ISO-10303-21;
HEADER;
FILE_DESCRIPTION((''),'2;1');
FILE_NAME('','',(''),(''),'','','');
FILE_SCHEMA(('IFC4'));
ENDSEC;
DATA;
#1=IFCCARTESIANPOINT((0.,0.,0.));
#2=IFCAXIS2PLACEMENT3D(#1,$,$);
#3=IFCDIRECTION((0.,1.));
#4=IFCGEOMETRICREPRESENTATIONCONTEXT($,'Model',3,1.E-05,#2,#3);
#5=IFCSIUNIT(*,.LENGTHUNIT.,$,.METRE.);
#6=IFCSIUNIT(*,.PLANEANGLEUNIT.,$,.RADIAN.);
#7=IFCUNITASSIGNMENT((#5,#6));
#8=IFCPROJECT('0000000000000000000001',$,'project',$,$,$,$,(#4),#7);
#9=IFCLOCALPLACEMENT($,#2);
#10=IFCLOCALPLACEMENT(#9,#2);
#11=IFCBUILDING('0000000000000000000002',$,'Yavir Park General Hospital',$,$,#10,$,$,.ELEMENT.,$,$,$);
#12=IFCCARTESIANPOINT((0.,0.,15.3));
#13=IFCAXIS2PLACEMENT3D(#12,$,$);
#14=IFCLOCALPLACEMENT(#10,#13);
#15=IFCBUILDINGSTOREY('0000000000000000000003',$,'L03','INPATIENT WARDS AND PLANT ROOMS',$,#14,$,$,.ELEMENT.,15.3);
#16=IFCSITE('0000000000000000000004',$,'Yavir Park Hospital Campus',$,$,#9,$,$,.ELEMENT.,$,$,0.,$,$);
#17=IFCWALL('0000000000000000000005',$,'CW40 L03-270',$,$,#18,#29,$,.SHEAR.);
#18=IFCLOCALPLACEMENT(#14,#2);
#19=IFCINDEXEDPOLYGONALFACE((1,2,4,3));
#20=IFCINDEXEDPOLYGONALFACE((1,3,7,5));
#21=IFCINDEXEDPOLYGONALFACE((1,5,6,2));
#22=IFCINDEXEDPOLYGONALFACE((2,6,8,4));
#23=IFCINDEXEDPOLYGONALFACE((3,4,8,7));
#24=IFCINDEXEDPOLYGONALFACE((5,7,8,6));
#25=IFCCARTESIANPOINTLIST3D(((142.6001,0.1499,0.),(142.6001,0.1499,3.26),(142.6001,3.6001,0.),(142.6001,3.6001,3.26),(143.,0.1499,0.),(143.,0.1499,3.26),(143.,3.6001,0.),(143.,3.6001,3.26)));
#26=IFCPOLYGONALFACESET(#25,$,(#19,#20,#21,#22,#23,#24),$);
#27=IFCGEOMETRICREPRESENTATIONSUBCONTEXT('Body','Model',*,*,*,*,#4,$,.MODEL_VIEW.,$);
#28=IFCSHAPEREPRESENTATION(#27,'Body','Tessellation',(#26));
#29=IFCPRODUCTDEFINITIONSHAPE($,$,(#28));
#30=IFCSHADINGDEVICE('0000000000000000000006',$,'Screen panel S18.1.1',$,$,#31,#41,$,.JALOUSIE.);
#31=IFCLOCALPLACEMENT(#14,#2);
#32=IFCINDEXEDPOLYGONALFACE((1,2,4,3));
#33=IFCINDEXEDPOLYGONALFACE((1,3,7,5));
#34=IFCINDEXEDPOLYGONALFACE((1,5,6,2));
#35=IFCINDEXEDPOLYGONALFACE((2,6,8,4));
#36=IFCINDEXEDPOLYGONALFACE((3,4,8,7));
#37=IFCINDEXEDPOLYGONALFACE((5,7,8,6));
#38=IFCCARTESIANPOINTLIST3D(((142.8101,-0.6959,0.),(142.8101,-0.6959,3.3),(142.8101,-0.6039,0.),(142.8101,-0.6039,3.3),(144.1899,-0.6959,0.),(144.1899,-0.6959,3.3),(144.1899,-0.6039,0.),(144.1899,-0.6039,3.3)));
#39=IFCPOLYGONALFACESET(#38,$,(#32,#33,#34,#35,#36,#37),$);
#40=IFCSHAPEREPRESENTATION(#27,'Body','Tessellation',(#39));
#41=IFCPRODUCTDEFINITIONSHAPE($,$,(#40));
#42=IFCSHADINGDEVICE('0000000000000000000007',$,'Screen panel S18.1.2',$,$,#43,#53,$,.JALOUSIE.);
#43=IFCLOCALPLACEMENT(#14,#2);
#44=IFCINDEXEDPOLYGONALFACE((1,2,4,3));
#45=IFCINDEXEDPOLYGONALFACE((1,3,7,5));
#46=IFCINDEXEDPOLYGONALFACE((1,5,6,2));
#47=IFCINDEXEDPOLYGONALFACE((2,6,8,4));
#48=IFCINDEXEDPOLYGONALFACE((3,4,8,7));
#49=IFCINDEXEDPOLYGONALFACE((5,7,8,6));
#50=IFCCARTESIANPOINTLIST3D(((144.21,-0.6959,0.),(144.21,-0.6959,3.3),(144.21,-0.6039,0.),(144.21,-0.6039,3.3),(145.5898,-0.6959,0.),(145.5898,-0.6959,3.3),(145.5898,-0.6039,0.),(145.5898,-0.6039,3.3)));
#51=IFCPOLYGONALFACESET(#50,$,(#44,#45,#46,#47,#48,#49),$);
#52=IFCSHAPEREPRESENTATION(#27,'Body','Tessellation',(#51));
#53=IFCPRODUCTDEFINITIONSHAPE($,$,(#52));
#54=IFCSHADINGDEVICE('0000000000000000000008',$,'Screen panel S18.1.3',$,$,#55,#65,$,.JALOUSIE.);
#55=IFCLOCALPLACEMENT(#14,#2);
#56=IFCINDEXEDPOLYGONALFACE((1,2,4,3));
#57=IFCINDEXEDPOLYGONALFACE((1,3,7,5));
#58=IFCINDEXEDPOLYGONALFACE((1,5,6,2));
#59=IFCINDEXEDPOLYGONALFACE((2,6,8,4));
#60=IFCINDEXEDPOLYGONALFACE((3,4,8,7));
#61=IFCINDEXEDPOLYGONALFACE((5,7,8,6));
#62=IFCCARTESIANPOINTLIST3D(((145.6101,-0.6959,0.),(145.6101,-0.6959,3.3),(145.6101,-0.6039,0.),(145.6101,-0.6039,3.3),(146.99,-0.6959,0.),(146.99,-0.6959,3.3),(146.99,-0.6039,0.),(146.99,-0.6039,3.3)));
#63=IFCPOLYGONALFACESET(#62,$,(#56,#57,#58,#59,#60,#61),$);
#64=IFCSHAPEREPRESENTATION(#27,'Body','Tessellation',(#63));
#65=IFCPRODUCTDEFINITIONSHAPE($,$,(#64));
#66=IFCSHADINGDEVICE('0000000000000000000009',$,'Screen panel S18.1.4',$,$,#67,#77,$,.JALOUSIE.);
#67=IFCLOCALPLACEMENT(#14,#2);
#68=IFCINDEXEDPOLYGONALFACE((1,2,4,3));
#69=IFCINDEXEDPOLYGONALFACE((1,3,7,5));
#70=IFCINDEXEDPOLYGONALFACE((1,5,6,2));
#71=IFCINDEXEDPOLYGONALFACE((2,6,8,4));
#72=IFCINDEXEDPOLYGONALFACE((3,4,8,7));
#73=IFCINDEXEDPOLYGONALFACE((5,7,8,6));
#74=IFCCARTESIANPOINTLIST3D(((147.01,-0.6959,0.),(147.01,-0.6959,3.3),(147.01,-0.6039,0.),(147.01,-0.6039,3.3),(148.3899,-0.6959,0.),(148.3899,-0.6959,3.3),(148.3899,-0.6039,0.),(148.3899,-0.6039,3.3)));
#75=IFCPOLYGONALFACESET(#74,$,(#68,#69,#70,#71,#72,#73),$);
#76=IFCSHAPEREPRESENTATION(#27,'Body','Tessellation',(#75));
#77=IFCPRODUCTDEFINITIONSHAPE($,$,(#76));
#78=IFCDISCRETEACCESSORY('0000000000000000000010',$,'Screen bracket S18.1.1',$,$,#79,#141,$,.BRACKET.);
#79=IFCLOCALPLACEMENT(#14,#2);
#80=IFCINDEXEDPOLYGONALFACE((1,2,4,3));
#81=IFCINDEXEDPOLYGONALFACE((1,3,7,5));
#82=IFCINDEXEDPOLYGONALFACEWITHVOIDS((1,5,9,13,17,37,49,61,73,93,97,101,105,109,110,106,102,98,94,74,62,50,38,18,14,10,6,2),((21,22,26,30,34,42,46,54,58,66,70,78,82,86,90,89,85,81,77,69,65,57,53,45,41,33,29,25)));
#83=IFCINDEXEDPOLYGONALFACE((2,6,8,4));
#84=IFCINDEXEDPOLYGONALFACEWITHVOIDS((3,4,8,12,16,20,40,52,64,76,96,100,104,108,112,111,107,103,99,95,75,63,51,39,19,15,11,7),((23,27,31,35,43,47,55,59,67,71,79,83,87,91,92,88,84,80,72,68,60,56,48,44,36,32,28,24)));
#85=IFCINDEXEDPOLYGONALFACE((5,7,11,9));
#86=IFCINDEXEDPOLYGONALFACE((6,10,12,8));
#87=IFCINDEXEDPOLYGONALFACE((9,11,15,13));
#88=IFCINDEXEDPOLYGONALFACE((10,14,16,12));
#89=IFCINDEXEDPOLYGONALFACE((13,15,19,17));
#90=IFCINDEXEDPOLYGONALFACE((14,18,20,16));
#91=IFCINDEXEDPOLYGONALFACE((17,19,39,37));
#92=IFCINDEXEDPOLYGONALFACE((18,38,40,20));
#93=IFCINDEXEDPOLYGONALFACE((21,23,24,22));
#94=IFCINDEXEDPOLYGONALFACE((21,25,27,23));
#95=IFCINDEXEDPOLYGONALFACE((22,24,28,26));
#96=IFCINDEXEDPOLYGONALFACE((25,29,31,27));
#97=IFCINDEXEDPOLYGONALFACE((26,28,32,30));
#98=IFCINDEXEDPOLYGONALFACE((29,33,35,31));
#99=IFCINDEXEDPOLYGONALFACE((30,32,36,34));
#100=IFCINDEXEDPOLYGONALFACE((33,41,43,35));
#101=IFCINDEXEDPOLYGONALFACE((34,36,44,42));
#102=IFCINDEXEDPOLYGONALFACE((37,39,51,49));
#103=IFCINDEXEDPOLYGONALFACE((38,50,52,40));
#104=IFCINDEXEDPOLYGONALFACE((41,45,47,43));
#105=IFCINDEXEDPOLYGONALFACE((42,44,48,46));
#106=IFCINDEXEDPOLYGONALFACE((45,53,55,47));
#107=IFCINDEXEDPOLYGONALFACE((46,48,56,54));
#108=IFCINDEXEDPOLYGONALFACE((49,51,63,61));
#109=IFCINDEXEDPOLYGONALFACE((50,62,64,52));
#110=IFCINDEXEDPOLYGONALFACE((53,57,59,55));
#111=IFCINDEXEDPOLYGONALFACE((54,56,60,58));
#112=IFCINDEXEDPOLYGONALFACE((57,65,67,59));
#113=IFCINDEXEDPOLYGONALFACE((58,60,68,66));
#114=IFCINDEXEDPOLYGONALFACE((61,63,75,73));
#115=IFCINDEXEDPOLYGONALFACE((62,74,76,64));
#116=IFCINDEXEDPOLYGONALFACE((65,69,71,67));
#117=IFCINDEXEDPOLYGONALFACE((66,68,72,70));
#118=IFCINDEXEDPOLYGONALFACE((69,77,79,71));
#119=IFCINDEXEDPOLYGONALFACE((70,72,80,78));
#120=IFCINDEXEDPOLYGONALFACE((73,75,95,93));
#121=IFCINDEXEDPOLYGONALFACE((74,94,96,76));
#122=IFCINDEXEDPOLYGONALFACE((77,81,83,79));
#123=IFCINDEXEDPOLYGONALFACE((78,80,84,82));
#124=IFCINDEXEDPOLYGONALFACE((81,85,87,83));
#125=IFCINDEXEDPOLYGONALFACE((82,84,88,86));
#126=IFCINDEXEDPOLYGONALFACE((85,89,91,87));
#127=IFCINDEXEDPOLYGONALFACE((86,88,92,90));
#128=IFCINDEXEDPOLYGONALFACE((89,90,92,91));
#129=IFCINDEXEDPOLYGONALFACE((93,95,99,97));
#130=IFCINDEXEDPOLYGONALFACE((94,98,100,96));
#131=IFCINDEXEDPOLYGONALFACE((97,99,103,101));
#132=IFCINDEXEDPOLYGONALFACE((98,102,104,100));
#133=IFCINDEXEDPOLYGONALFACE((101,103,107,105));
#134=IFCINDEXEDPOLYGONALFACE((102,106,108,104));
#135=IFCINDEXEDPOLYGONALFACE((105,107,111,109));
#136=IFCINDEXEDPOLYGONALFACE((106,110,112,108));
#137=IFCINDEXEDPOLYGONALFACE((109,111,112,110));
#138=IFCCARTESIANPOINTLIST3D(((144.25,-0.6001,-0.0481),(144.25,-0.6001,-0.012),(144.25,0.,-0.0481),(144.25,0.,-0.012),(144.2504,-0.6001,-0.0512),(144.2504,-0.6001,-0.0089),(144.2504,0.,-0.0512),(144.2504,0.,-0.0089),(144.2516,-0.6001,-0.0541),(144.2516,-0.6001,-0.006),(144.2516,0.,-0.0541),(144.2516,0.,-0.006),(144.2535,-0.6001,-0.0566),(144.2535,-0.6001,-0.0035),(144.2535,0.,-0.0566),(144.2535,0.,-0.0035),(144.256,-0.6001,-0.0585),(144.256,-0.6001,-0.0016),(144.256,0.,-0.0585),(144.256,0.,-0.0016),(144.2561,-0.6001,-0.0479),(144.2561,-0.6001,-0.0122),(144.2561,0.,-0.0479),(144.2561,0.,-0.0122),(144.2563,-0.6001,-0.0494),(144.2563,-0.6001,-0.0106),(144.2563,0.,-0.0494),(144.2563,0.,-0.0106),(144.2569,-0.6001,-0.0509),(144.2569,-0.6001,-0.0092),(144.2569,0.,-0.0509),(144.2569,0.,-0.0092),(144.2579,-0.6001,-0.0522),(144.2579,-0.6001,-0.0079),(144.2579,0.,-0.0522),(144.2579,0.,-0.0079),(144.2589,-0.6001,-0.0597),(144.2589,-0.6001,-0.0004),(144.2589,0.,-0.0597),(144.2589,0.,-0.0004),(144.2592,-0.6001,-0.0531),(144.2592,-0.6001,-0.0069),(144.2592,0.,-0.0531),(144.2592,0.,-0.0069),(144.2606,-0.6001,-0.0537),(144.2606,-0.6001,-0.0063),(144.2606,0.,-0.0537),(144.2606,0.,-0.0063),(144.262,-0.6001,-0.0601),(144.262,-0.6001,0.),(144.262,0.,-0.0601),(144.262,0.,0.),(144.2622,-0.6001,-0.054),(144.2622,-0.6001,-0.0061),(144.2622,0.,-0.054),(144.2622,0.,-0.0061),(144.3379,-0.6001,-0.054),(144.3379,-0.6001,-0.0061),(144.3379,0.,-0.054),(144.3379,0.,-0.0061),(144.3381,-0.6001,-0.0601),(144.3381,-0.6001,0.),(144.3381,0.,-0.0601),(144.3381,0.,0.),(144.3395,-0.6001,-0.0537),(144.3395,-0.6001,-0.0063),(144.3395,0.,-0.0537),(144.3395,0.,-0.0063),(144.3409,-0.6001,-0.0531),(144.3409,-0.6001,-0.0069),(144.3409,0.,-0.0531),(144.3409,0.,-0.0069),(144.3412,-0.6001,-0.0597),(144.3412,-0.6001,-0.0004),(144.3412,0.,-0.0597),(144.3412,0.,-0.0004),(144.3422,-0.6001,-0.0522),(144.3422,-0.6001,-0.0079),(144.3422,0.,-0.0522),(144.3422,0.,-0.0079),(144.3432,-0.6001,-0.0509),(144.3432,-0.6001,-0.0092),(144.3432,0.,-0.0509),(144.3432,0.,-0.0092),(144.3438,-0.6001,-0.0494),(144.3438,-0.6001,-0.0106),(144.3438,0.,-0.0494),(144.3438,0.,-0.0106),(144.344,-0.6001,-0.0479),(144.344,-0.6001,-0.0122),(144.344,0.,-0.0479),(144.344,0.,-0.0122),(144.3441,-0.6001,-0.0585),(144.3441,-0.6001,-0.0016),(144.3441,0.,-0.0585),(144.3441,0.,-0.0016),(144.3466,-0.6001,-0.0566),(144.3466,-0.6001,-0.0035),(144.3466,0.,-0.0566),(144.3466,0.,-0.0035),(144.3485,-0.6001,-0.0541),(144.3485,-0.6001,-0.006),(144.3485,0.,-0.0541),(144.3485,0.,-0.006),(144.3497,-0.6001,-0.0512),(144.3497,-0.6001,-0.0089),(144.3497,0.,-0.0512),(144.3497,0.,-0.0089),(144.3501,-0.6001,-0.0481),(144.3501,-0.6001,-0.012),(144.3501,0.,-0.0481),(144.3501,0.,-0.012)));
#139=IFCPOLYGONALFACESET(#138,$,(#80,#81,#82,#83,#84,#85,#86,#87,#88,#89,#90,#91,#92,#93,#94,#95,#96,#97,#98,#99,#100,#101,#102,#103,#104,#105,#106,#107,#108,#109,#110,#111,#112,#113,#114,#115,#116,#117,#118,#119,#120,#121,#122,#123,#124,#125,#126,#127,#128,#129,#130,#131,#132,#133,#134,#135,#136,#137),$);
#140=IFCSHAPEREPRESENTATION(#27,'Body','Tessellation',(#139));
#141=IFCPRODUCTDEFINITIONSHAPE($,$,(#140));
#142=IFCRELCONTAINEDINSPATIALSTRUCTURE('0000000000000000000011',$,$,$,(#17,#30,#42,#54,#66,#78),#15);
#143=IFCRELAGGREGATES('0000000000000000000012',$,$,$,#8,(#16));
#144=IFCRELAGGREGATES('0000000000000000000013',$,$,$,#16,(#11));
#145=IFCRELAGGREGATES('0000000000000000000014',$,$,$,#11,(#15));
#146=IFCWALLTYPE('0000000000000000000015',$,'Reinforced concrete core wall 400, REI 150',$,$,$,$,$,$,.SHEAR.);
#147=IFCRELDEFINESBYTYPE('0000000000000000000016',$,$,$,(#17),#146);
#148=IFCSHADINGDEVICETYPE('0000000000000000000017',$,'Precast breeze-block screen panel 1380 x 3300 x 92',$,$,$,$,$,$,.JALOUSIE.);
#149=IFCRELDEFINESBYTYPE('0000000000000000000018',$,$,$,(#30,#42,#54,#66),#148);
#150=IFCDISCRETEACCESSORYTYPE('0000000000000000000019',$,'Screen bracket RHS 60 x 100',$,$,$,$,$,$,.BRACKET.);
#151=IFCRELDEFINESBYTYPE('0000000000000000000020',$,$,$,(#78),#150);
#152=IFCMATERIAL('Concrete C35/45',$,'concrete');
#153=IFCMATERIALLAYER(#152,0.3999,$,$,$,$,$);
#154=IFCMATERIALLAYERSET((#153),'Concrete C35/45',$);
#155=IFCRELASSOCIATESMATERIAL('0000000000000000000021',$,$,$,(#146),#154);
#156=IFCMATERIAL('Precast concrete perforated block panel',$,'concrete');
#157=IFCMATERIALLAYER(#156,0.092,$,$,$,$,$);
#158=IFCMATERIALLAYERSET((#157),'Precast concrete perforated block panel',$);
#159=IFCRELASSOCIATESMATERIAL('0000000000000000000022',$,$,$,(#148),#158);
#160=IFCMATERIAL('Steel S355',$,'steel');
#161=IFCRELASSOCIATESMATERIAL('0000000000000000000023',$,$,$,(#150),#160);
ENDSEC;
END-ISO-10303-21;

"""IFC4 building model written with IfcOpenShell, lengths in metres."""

from ifc_helpers import new_model, si_unit, direction, frame, frame_2d, origin, origin_2d, place, context, subcontext, project, spatial, rectangle, hollow_rectangle, extrude, material, layer, layer_set, material_profile, profile_set, type_object, element, save


model = new_model("IFC4")

# Units and contexts
model_context = context("Model", 3, precision=1e-05, world=origin(), true_north=direction((0.0, 1.0)))
body_context = subcontext(model_context, "Body", "Model", "MODEL_VIEW")
ifc_project = project(units=[si_unit("LENGTHUNIT", "METRE"), si_unit("PLANEANGLEUNIT", "RADIAN")], contexts=[model_context])

# Site, building, storey
site_placement = place(None, origin())
site = spatial("IfcSite", under=ifc_project, at=site_placement, Name="Yavir Park Hospital Campus", CompositionType="ELEMENT", RefElevation=0.0)
building_placement = place(site_placement, origin())
building = spatial("IfcBuilding", under=site, at=building_placement, Name="Yavir Park General Hospital", CompositionType="ELEMENT")
storey_placement = place(building_placement, frame((0.0, 0.0, 15.3)))
storey = spatial("IfcBuildingStorey", under=building, at=storey_placement, Name="L03", Description="INPATIENT WARDS AND PLANT ROOMS", CompositionType="ELEMENT", Elevation=15.3)

# Wall
ifc_material_1 = material(Name="Concrete C35/45", Category="concrete")
ifc_layer_1 = layer(ifc_material_1, 0.3999)
ifc_layer_set_1 = layer_set([ifc_layer_1], Name="Concrete C35/45")
wall_type_1 = type_object("IfcWallType", Name="Reinforced concrete core wall 400, REI 150", PredefinedType="SHEAR", material=ifc_layer_set_1)
wall_1_placement = place(storey_placement, frame((142.8, 0.1499, 0.0), z_axis=(0.0, 0.0, 1.0), x_axis=(0.0, 1.0, 0.0)))
element("IfcWall", 1, at=wall_1_placement, inside=storey, type_object=wall_type_1, Name="CW40 L03-270", PredefinedType="SHEAR", context=body_context, shape_type="SweptSolid", body=[
    extrude(rectangle(XDim=3.4502, YDim=0.3999, at=frame_2d((1.7251, 0.0))), origin(), (0.0, 0.0, 1.0), 3.26),
])

# Shading devices
ifc_material_2 = material(Name="Precast concrete perforated block panel", Category="concrete")
ifc_layer_2 = layer(ifc_material_2, 0.092)
ifc_layer_set_2 = layer_set([ifc_layer_2], Name="Precast concrete perforated block panel")
shading_device_type = type_object("IfcShadingDeviceType", Name="Precast breeze-block screen panel 1380 x 3300 x 92", PredefinedType="JALOUSIE", material=ifc_layer_set_2)
for number, where, z_axis, x_axis, name in (
    (2, (143.5, -0.6499, 0.0), (0.0, 0.0, 1.0), (1.0, 0.0, 0.0), "Screen panel S18.1.1"),
    (3, (144.8999, -0.6499, 0.0), (0.0, 0.0, 1.0), (1.0, 0.0, 0.0), "Screen panel S18.1.2"),
    (4, (146.3, -0.6499, 0.0), (0.0, 0.0, 1.0), (1.0, 0.0, 0.0), "Screen panel S18.1.3"),
    (5, (147.7, -0.6499, 0.0), (0.0, 0.0, 1.0), (1.0, 0.0, 0.0), "Screen panel S18.1.4"),
):
    element("IfcShadingDevice", number, at=place(storey_placement, frame(where, z_axis=z_axis, x_axis=x_axis)), inside=storey, type_object=shading_device_type, Name=name, PredefinedType="JALOUSIE", context=body_context, shape_type="SweptSolid", body=[
        extrude(rectangle(XDim=1.3799, YDim=0.092, at=origin_2d()), origin(), (0.0, 0.0, 1.0), 3.3),
    ])

# Discrete accessory
ifc_material_3 = material(Name="Steel S355", Category="steel")
ifc_material_profile_1 = material_profile(ifc_material_3, hollow_rectangle(XDim=0.1001, YDim=0.0601, WallThickness=0.0061, InnerFilletRadius=0.0061, OuterFilletRadius=0.012, at=origin_2d()), Name="RHS60x100x6")
ifc_profile_set_1 = profile_set([ifc_material_profile_1], Name="Steel S355")
discrete_accessory_type_1 = type_object("IfcDiscreteAccessoryType", Name="Screen bracket RHS 60 x 100", PredefinedType="BRACKET", material=ifc_profile_set_1)
discrete_accessory_1_placement = place(storey_placement, frame((144.3, 0.0, -0.03), z_axis=(0.0, -1.0, 0.0), x_axis=(1.0, 0.0, 0.0)))
element("IfcDiscreteAccessory", 6, at=discrete_accessory_1_placement, inside=storey, type_object=discrete_accessory_type_1, Name="Screen bracket S18.1.1", PredefinedType="BRACKET", context=body_context, shape_type="SweptSolid", body=[
    extrude(hollow_rectangle(XDim=0.1001, YDim=0.0601, WallThickness=0.0061, InnerFilletRadius=0.0061, OuterFilletRadius=0.012, at=origin_2d()), origin(), (0.0, 0.0, 1.0), 0.6001),
])

save(model, "model.ifc")
